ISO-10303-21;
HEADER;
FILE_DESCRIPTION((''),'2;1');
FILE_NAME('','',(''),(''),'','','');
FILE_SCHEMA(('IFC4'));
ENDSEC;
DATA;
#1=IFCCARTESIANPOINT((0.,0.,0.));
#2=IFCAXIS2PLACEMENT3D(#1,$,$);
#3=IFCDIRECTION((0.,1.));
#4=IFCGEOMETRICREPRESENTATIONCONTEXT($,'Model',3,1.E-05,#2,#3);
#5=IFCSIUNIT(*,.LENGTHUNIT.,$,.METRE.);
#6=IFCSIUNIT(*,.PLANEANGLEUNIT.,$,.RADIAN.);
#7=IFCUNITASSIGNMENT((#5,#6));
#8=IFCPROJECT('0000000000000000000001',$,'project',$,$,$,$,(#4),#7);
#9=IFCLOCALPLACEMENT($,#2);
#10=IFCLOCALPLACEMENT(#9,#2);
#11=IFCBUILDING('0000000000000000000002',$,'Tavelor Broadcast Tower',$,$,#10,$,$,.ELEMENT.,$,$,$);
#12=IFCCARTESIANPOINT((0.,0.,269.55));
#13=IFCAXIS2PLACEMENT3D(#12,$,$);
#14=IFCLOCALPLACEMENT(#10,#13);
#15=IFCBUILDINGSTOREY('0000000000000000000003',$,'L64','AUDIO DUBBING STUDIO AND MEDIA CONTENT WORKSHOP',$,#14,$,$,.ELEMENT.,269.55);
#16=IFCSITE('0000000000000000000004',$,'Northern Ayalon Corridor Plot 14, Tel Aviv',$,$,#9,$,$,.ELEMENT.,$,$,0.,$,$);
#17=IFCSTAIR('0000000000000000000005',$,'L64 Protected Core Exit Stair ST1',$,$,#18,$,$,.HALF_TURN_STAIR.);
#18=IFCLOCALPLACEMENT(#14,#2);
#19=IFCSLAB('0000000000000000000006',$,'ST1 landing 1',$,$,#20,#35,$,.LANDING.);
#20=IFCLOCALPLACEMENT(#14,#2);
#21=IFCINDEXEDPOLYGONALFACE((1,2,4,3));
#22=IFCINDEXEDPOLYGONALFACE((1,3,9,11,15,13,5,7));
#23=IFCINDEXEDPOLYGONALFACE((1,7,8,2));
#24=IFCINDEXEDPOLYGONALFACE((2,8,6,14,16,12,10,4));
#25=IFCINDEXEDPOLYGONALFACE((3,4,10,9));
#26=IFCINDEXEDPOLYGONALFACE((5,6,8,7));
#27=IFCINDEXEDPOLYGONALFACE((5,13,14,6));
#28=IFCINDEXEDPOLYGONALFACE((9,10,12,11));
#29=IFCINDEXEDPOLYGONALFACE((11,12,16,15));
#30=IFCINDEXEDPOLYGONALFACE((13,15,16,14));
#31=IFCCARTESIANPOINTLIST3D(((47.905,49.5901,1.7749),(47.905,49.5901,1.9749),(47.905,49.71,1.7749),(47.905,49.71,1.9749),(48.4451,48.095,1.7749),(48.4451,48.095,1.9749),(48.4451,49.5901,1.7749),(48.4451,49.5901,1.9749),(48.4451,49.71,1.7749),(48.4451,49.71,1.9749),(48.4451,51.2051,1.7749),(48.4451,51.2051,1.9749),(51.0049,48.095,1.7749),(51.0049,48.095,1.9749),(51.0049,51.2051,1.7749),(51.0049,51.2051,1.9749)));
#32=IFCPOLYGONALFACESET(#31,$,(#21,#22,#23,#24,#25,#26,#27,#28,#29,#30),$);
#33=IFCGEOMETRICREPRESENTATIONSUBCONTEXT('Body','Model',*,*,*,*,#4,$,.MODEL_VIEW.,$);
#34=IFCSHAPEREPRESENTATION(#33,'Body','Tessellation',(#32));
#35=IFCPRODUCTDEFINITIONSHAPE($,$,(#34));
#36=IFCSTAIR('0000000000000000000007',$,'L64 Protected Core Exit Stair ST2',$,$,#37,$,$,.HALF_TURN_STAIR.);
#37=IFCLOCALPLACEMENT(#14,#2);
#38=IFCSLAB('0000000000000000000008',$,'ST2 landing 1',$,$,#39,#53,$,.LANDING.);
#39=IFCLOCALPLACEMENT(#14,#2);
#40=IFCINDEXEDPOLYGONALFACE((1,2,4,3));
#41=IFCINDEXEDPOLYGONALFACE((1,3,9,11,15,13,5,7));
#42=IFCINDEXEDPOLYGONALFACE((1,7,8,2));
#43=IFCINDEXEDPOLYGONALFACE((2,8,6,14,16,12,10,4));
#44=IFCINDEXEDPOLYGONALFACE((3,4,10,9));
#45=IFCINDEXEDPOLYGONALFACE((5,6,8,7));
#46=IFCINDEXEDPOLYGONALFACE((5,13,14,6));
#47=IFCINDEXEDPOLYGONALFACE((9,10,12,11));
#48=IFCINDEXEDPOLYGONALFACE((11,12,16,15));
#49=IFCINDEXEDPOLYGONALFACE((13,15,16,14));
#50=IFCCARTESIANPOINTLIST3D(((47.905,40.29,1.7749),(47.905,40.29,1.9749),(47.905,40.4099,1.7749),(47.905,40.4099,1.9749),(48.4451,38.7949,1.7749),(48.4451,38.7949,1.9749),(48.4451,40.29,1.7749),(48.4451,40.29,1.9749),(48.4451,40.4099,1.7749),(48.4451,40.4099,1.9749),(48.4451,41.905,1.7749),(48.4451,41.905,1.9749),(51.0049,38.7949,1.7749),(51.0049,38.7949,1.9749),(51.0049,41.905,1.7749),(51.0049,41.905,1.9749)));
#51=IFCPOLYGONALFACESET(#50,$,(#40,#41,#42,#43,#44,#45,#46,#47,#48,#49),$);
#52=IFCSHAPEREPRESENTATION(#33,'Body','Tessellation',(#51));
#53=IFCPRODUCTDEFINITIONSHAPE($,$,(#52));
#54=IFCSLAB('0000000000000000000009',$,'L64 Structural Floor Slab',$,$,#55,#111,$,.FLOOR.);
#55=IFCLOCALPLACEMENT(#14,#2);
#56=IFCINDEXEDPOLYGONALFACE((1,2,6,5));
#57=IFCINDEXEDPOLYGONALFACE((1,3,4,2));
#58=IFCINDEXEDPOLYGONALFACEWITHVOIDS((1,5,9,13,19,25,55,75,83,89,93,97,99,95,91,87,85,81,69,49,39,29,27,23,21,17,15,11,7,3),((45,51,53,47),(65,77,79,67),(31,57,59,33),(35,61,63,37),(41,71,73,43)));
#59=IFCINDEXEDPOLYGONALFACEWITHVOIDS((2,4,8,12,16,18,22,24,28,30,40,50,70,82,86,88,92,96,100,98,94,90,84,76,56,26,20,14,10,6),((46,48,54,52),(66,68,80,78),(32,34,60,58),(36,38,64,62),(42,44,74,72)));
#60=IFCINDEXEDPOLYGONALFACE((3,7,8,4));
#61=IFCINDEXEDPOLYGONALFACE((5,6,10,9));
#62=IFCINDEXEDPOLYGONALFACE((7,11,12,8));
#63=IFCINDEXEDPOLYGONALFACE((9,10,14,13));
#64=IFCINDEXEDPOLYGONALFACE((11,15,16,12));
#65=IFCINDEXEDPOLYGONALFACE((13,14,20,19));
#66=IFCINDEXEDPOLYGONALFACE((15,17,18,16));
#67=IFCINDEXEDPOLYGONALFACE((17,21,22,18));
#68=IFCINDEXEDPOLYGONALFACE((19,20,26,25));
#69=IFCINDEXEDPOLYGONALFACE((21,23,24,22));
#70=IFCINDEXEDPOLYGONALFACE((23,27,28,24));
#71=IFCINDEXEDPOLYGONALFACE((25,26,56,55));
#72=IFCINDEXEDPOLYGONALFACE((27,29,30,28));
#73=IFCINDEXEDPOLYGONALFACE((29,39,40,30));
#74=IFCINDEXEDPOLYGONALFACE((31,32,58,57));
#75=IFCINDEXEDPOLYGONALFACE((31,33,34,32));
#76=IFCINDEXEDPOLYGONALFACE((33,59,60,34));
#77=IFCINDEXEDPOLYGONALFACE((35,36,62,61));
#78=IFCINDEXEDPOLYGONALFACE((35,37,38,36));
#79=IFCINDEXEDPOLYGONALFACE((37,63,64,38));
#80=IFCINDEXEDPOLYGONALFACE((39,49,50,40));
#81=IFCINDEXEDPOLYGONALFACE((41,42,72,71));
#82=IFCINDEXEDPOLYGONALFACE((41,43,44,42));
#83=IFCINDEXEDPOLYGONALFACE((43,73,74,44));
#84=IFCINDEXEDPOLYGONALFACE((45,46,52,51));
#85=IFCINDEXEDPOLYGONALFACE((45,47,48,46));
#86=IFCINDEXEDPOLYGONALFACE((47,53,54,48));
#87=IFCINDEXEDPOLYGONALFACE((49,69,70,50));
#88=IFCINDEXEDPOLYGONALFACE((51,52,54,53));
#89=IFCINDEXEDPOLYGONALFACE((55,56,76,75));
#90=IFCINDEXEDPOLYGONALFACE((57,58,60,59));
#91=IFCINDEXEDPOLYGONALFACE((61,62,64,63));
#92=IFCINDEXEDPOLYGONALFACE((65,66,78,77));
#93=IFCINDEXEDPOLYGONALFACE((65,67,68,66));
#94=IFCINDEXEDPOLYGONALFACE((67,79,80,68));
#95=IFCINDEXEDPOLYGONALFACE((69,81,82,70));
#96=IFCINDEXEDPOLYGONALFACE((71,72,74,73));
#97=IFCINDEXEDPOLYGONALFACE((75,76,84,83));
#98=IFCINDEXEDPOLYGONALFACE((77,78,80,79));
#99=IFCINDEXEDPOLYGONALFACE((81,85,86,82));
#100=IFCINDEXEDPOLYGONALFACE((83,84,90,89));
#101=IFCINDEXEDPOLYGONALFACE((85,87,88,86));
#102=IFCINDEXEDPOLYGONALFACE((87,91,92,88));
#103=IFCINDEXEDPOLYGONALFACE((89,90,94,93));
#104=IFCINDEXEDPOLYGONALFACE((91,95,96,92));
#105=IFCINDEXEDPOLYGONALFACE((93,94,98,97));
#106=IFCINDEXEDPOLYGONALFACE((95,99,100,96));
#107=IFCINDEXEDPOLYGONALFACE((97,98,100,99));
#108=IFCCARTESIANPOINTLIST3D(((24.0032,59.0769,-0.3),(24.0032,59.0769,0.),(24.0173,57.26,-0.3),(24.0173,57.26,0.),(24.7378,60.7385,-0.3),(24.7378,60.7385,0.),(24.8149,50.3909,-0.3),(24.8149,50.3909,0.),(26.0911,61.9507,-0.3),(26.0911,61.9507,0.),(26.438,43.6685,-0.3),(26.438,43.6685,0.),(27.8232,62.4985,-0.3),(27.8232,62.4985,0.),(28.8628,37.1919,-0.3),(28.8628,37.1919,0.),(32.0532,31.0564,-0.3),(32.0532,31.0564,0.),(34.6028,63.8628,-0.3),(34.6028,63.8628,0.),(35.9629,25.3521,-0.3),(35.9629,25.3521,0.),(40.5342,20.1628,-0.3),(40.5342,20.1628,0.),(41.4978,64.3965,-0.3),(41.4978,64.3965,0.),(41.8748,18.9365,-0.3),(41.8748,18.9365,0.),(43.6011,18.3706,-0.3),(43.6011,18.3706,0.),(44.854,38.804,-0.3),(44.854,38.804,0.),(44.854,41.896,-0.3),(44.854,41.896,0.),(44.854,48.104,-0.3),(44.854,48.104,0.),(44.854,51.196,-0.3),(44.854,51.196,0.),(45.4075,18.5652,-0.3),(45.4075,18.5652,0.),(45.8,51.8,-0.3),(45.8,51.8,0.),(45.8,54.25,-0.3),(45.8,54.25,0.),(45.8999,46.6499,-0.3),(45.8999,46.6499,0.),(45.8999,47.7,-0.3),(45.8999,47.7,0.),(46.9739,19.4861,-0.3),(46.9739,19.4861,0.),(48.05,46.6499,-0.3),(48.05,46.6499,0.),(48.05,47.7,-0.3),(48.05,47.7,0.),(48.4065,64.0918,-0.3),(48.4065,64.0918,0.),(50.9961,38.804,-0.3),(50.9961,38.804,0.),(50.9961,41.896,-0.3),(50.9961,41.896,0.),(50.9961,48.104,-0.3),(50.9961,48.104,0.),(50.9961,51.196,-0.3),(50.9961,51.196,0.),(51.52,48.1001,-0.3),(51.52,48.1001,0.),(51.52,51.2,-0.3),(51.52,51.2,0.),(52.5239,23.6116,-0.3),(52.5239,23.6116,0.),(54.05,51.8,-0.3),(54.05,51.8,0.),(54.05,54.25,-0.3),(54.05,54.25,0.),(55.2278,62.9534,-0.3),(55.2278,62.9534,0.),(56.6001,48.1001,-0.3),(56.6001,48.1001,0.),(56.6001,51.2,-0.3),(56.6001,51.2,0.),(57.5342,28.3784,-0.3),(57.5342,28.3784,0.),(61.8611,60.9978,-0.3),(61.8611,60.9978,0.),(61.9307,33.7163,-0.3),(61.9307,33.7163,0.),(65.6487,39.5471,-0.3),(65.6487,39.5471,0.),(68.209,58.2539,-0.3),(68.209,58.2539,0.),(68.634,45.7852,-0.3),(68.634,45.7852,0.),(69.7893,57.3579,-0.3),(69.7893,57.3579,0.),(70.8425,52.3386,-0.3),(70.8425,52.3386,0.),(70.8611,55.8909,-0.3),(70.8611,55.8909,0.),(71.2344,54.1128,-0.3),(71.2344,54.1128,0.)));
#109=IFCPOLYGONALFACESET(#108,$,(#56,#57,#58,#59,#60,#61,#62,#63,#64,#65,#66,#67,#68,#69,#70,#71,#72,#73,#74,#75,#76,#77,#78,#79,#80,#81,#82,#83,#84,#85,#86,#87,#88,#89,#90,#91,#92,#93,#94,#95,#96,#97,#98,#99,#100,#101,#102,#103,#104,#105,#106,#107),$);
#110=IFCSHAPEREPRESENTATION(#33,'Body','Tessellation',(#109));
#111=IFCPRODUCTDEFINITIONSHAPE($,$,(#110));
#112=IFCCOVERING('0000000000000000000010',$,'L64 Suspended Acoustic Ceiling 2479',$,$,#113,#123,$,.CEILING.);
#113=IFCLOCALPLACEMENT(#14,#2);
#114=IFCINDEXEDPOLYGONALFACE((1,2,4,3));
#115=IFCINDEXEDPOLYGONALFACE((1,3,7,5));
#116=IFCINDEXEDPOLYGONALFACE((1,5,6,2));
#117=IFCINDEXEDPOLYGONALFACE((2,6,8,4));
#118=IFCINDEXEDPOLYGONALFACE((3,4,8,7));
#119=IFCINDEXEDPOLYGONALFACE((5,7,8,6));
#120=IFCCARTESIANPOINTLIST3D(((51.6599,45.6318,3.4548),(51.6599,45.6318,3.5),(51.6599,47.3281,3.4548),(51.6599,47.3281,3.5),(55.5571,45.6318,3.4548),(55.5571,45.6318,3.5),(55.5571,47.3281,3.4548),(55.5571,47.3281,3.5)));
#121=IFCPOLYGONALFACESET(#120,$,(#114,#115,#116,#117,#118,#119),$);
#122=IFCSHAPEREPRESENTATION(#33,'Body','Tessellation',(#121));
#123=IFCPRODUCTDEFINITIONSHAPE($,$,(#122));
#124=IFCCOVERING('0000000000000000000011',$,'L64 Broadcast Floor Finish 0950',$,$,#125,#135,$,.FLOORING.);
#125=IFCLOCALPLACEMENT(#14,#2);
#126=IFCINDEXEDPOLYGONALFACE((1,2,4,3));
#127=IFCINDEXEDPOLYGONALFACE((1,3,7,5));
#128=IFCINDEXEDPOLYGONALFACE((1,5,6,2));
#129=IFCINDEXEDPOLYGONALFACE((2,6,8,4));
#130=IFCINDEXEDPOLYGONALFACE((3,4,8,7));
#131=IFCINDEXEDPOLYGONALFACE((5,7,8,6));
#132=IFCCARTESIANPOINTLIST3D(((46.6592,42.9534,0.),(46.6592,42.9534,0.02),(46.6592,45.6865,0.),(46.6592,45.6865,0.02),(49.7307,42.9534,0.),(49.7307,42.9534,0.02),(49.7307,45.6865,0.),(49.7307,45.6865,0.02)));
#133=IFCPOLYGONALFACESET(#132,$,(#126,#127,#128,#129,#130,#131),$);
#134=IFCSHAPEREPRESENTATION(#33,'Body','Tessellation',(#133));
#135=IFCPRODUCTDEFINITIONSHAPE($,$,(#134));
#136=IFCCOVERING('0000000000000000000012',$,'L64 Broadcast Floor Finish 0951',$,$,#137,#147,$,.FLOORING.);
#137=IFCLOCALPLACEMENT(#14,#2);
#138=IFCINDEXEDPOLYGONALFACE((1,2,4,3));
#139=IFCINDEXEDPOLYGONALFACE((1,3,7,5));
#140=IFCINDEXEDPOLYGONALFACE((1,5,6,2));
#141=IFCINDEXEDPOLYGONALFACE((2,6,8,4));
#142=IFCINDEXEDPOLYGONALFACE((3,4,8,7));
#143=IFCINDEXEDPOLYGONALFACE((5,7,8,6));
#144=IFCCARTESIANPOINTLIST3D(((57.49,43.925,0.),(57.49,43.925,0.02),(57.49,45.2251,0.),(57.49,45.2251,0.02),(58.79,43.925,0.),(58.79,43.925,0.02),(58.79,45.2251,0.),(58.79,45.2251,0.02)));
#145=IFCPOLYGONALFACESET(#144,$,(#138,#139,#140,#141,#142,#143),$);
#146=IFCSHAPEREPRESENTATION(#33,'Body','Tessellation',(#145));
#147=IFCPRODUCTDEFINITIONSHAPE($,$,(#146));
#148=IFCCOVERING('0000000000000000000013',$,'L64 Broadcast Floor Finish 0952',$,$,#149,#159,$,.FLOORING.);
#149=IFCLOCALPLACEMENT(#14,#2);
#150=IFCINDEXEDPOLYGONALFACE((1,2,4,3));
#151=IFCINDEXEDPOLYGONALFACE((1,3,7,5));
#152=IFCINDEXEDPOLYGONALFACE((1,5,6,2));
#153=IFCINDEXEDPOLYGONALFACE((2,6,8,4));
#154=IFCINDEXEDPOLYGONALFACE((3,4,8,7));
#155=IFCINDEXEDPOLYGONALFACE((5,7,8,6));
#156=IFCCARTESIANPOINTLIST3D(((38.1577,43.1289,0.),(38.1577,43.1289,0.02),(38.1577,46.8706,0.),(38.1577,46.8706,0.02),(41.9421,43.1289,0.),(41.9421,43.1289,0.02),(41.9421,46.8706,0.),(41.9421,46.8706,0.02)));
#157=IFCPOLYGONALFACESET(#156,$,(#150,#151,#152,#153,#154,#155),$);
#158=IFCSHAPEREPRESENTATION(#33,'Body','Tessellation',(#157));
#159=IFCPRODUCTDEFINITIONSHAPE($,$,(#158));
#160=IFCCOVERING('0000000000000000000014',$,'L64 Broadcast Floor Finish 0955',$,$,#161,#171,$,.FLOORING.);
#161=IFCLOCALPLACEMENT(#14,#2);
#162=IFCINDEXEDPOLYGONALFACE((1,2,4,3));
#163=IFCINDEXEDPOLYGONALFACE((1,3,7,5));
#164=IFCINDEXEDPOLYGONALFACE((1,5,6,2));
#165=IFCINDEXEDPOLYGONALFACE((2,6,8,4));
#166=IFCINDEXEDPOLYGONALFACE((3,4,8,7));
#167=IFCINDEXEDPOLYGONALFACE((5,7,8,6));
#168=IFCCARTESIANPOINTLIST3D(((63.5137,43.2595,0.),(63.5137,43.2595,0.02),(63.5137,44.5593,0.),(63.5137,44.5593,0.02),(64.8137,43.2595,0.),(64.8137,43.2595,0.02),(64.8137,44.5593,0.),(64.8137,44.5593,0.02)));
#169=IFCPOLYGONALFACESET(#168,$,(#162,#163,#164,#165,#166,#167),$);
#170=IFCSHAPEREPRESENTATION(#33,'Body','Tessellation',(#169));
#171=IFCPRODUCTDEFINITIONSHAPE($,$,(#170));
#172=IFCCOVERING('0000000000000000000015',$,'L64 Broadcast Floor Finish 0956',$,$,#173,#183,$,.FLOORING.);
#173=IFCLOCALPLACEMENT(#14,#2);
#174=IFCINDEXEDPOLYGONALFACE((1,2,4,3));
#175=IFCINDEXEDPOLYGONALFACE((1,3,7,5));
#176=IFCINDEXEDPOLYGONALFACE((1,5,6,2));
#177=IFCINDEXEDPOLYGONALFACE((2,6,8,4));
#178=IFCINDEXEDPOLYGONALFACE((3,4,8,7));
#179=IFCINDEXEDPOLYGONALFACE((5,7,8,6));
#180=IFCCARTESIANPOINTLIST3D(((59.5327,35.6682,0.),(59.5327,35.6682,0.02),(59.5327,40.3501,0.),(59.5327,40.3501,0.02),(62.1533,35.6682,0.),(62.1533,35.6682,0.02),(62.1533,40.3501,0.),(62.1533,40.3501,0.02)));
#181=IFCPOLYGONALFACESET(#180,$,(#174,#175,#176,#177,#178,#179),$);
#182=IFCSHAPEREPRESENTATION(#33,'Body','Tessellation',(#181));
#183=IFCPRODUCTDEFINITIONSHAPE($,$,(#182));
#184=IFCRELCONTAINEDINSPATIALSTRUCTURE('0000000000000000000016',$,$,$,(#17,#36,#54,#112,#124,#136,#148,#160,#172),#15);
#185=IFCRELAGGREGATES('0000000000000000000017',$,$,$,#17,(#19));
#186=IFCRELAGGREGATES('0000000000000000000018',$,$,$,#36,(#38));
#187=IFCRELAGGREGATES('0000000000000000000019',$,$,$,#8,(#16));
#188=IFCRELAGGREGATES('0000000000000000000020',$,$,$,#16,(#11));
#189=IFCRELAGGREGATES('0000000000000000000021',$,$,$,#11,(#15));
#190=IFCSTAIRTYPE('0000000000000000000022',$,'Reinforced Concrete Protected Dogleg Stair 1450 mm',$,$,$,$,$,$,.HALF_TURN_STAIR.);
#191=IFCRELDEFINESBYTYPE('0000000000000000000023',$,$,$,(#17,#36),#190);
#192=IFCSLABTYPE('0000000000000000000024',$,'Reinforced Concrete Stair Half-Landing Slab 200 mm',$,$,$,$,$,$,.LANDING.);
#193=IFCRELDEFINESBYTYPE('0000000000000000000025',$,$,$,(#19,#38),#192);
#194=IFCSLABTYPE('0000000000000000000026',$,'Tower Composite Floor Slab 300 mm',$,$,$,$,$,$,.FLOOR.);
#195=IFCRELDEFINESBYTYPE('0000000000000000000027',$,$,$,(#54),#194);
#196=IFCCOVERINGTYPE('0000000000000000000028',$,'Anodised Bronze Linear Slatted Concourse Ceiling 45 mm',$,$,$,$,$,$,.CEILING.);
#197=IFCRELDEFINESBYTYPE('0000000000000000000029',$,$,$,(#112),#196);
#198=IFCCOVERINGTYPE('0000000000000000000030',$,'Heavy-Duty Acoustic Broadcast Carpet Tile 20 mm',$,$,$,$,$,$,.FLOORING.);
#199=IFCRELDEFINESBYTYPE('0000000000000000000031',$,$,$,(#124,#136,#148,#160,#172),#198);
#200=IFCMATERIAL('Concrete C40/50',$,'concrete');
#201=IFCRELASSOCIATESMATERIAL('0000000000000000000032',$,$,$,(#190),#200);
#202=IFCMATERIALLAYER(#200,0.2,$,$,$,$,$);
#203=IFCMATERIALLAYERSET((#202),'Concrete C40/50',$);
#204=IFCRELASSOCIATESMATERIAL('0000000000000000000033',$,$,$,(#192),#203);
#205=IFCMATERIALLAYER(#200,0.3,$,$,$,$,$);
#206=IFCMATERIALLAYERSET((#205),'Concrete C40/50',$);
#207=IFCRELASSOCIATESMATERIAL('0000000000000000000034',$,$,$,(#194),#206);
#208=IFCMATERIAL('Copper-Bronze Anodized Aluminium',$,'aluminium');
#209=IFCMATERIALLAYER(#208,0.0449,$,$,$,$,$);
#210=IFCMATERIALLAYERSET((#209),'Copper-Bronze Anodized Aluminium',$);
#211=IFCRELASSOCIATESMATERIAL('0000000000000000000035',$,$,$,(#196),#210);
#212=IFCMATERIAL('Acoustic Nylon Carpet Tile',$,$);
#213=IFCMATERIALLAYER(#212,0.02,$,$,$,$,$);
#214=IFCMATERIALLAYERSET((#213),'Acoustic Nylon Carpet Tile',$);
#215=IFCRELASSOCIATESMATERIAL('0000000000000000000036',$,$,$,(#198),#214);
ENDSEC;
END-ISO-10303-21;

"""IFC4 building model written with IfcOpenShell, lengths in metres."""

from ifc_helpers import new_model, si_unit, direction, frame, origin, place, context, subcontext, project, spatial, polyline, outline, extrude, material, layer, layer_set, type_object, element, aggregate, save


model = new_model("IFC4")

# Units and contexts
model_context = context("Model", 3, precision=1e-05, world=origin(), true_north=direction((0.0, 1.0)))
body_context = subcontext(model_context, "Body", "Model", "MODEL_VIEW")
ifc_project = project(units=[si_unit("LENGTHUNIT", "METRE"), si_unit("PLANEANGLEUNIT", "RADIAN")], contexts=[model_context])

# Site, building, storey
site_placement = place(None, origin())
site = spatial("IfcSite", under=ifc_project, at=site_placement, Name="Northern Ayalon Corridor Plot 14, Tel Aviv", CompositionType="ELEMENT", RefElevation=0.0)
building_placement = place(site_placement, origin())
building = spatial("IfcBuilding", under=site, at=building_placement, Name="Tavelor Broadcast Tower", CompositionType="ELEMENT")
storey_placement = place(building_placement, frame((0.0, 0.0, 269.55)))
storey = spatial("IfcBuildingStorey", under=building, at=storey_placement, Name="L64", Description="AUDIO DUBBING STUDIO AND MEDIA CONTENT WORKSHOP", CompositionType="ELEMENT", Elevation=269.55)

# Stairs, slabs
ifc_material_1 = material(Name="Concrete C40/50", Category="concrete")
stair_type = type_object("IfcStairType", Name="Reinforced Concrete Protected Dogleg Stair 1450 mm", PredefinedType="HALF_TURN_STAIR", material=ifc_material_1)
stair_1_placement = place(storey_placement, origin())
stair_1 = element("IfcStair", 1, at=stair_1_placement, inside=storey, type_object=stair_type, Name="L64 Protected Core Exit Stair ST1", PredefinedType="HALF_TURN_STAIR")
ifc_layer_1 = layer(ifc_material_1, 0.2)
ifc_layer_set_1 = layer_set([ifc_layer_1], Name="Concrete C40/50")
slab_type_1 = type_object("IfcSlabType", Name="Reinforced Concrete Stair Half-Landing Slab 200 mm", PredefinedType="LANDING", material=ifc_layer_set_1)
slab_1_placement = place(storey_placement, frame((0.0, 0.0, 1.7749)))
slab_1 = element("IfcSlab", 2, at=slab_1_placement, type_object=slab_type_1, Name="ST1 landing 1", PredefinedType="LANDING", context=body_context, shape_type="SweptSolid", body=[
    extrude(outline(polyline([(48.4451, 49.5901), (48.4451, 48.095), (51.0049, 48.095), (51.0049, 51.2051), (48.4451, 51.2051), (48.4451, 49.71), (47.905, 49.71), (47.905, 49.5901), (48.4451, 49.5901)])), origin(), (0.0, 0.0, 1.0), 0.2),
])
aggregate(stair_1, [slab_1])
stair_2_placement = place(storey_placement, origin())
stair_2 = element("IfcStair", 3, at=stair_2_placement, inside=storey, type_object=stair_type, Name="L64 Protected Core Exit Stair ST2", PredefinedType="HALF_TURN_STAIR")
slab_2_placement = place(storey_placement, frame((0.0, 0.0, 1.7749)))
slab_2 = element("IfcSlab", 4, at=slab_2_placement, type_object=slab_type_1, Name="ST2 landing 1", PredefinedType="LANDING", context=body_context, shape_type="SweptSolid", body=[
    extrude(outline(polyline([(48.4451, 40.29), (48.4451, 38.7949), (51.0049, 38.7949), (51.0049, 41.905), (48.4451, 41.905), (48.4451, 40.4099), (47.905, 40.4099), (47.905, 40.29), (48.4451, 40.29)])), origin(), (0.0, 0.0, 1.0), 0.2),
])
aggregate(stair_2, [slab_2])

# Slab
ifc_layer_2 = layer(ifc_material_1, 0.3)
ifc_layer_set_2 = layer_set([ifc_layer_2], Name="Concrete C40/50")
slab_type_2 = type_object("IfcSlabType", Name="Tower Composite Floor Slab 300 mm", PredefinedType="FLOOR", material=ifc_layer_set_2)
slab_3_placement = place(storey_placement, frame((0.0, 0.0, -0.3)))
element("IfcSlab", 5, at=slab_3_placement, inside=storey, type_object=slab_type_2, Name="L64 Structural Floor Slab", PredefinedType="FLOOR", context=body_context, shape_type="SweptSolid", body=[
    extrude(outline(polyline([(27.8232, 62.4985), (26.0911, 61.9507), (24.7378, 60.7385), (24.0032, 59.0769), (24.0173, 57.26), (24.8149, 50.3909), (26.438, 43.6685), (28.8628, 37.1919), (32.0532, 31.0564), (35.9629, 25.3521), (40.5342, 20.1628), (41.8748, 18.9365), (43.6011, 18.3706), (45.4075, 18.5652), (46.9739, 19.4861), (52.5239, 23.6116), (57.5342, 28.3784), (61.9307, 33.7163), (65.6487, 39.5471), (68.634, 45.7852), (70.8425, 52.3386), (71.2344, 54.1128), (70.8611, 55.8909), (69.7893, 57.3579), (68.209, 58.2539), (61.8611, 60.9978), (55.2278, 62.9534), (48.4065, 64.0918), (41.4978, 64.3965), (34.6028, 63.8628), (27.8232, 62.4985)]), holes=[polyline([(50.9961, 41.896), (50.9961, 38.804), (44.854, 38.804), (44.854, 41.896), (50.9961, 41.896)]), polyline([(48.05, 47.7), (48.05, 46.6499), (45.8999, 46.6499), (45.8999, 47.7), (48.05, 47.7)]), polyline([(50.9961, 51.196), (50.9961, 48.104), (44.854, 48.104), (44.854, 51.196), (50.9961, 51.196)]), polyline([(56.6001, 48.1001), (51.52, 48.1001), (51.52, 51.2), (56.6001, 51.2), (56.6001, 48.1001)]), polyline([(54.05, 51.8), (45.8, 51.8), (45.8, 54.25), (54.05, 54.25), (54.05, 51.8)])]), origin(), (0.0, 0.0, 1.0), 0.3),
])

# Coverings
ifc_material_2 = material(Name="Copper-Bronze Anodized Aluminium", Category="aluminium")
ifc_layer_3 = layer(ifc_material_2, 0.0449)
ifc_layer_set_3 = layer_set([ifc_layer_3], Name="Copper-Bronze Anodized Aluminium")
covering_type_1 = type_object("IfcCoveringType", Name="Anodised Bronze Linear Slatted Concourse Ceiling 45 mm", PredefinedType="CEILING", material=ifc_layer_set_3)
covering_1_placement = place(storey_placement, frame((0.0, 0.0, 3.4548)))
element("IfcCovering", 6, at=covering_1_placement, inside=storey, type_object=covering_type_1, Name="L64 Suspended Acoustic Ceiling 2479", PredefinedType="CEILING", context=body_context, shape_type="SweptSolid", body=[
    extrude(outline(polyline([(51.6599, 45.6318), (55.5571, 45.6318), (55.5571, 47.3281), (51.6599, 47.3281), (51.6599, 45.6318)])), origin(), (0.0, 0.0, 1.0), 0.0452),
])
ifc_material_3 = material(Name="Acoustic Nylon Carpet Tile")
ifc_layer_4 = layer(ifc_material_3, 0.02)
ifc_layer_set_4 = layer_set([ifc_layer_4], Name="Acoustic Nylon Carpet Tile")
covering_type_2 = type_object("IfcCoveringType", Name="Heavy-Duty Acoustic Broadcast Carpet Tile 20 mm", PredefinedType="FLOORING", material=ifc_layer_set_4)
covering_2_placement = place(storey_placement, origin())
element("IfcCovering", 7, at=covering_2_placement, inside=storey, type_object=covering_type_2, Name="L64 Broadcast Floor Finish 0950", PredefinedType="FLOORING", context=body_context, shape_type="SweptSolid", body=[
    extrude(outline(polyline([(46.6592, 42.9534), (49.7307, 42.9534), (49.7307, 45.6865), (46.6592, 45.6865), (46.6592, 42.9534)])), origin(), (0.0, 0.0, 1.0), 0.02),
])
covering_3_placement = place(storey_placement, origin())
element("IfcCovering", 8, at=covering_3_placement, inside=storey, type_object=covering_type_2, Name="L64 Broadcast Floor Finish 0951", PredefinedType="FLOORING", context=body_context, shape_type="SweptSolid", body=[
    extrude(outline(polyline([(57.49, 43.925), (58.79, 43.925), (58.79, 45.2251), (57.49, 45.2251), (57.49, 43.925)])), origin(), (0.0, 0.0, 1.0), 0.02),
])
covering_4_placement = place(storey_placement, origin())
element("IfcCovering", 9, at=covering_4_placement, inside=storey, type_object=covering_type_2, Name="L64 Broadcast Floor Finish 0952", PredefinedType="FLOORING", context=body_context, shape_type="SweptSolid", body=[
    extrude(outline(polyline([(38.1577, 43.1289), (41.9421, 43.1289), (41.9421, 46.8706), (38.1577, 46.8706), (38.1577, 43.1289)])), origin(), (0.0, 0.0, 1.0), 0.02),
])
covering_5_placement = place(storey_placement, origin())
element("IfcCovering", 10, at=covering_5_placement, inside=storey, type_object=covering_type_2, Name="L64 Broadcast Floor Finish 0955", PredefinedType="FLOORING", context=body_context, shape_type="SweptSolid", body=[
    extrude(outline(polyline([(63.5137, 43.2595), (64.8137, 43.2595), (64.8137, 44.5593), (63.5137, 44.5593), (63.5137, 43.2595)])), origin(), (0.0, 0.0, 1.0), 0.02),
])
covering_6_placement = place(storey_placement, origin())
element("IfcCovering", 11, at=covering_6_placement, inside=storey, type_object=covering_type_2, Name="L64 Broadcast Floor Finish 0956", PredefinedType="FLOORING", context=body_context, shape_type="SweptSolid", body=[
    extrude(outline(polyline([(59.5327, 35.6682), (62.1533, 35.6682), (62.1533, 40.3501), (59.5327, 40.3501), (59.5327, 35.6682)])), origin(), (0.0, 0.0, 1.0), 0.02),
])

save(model, "model.ifc")
